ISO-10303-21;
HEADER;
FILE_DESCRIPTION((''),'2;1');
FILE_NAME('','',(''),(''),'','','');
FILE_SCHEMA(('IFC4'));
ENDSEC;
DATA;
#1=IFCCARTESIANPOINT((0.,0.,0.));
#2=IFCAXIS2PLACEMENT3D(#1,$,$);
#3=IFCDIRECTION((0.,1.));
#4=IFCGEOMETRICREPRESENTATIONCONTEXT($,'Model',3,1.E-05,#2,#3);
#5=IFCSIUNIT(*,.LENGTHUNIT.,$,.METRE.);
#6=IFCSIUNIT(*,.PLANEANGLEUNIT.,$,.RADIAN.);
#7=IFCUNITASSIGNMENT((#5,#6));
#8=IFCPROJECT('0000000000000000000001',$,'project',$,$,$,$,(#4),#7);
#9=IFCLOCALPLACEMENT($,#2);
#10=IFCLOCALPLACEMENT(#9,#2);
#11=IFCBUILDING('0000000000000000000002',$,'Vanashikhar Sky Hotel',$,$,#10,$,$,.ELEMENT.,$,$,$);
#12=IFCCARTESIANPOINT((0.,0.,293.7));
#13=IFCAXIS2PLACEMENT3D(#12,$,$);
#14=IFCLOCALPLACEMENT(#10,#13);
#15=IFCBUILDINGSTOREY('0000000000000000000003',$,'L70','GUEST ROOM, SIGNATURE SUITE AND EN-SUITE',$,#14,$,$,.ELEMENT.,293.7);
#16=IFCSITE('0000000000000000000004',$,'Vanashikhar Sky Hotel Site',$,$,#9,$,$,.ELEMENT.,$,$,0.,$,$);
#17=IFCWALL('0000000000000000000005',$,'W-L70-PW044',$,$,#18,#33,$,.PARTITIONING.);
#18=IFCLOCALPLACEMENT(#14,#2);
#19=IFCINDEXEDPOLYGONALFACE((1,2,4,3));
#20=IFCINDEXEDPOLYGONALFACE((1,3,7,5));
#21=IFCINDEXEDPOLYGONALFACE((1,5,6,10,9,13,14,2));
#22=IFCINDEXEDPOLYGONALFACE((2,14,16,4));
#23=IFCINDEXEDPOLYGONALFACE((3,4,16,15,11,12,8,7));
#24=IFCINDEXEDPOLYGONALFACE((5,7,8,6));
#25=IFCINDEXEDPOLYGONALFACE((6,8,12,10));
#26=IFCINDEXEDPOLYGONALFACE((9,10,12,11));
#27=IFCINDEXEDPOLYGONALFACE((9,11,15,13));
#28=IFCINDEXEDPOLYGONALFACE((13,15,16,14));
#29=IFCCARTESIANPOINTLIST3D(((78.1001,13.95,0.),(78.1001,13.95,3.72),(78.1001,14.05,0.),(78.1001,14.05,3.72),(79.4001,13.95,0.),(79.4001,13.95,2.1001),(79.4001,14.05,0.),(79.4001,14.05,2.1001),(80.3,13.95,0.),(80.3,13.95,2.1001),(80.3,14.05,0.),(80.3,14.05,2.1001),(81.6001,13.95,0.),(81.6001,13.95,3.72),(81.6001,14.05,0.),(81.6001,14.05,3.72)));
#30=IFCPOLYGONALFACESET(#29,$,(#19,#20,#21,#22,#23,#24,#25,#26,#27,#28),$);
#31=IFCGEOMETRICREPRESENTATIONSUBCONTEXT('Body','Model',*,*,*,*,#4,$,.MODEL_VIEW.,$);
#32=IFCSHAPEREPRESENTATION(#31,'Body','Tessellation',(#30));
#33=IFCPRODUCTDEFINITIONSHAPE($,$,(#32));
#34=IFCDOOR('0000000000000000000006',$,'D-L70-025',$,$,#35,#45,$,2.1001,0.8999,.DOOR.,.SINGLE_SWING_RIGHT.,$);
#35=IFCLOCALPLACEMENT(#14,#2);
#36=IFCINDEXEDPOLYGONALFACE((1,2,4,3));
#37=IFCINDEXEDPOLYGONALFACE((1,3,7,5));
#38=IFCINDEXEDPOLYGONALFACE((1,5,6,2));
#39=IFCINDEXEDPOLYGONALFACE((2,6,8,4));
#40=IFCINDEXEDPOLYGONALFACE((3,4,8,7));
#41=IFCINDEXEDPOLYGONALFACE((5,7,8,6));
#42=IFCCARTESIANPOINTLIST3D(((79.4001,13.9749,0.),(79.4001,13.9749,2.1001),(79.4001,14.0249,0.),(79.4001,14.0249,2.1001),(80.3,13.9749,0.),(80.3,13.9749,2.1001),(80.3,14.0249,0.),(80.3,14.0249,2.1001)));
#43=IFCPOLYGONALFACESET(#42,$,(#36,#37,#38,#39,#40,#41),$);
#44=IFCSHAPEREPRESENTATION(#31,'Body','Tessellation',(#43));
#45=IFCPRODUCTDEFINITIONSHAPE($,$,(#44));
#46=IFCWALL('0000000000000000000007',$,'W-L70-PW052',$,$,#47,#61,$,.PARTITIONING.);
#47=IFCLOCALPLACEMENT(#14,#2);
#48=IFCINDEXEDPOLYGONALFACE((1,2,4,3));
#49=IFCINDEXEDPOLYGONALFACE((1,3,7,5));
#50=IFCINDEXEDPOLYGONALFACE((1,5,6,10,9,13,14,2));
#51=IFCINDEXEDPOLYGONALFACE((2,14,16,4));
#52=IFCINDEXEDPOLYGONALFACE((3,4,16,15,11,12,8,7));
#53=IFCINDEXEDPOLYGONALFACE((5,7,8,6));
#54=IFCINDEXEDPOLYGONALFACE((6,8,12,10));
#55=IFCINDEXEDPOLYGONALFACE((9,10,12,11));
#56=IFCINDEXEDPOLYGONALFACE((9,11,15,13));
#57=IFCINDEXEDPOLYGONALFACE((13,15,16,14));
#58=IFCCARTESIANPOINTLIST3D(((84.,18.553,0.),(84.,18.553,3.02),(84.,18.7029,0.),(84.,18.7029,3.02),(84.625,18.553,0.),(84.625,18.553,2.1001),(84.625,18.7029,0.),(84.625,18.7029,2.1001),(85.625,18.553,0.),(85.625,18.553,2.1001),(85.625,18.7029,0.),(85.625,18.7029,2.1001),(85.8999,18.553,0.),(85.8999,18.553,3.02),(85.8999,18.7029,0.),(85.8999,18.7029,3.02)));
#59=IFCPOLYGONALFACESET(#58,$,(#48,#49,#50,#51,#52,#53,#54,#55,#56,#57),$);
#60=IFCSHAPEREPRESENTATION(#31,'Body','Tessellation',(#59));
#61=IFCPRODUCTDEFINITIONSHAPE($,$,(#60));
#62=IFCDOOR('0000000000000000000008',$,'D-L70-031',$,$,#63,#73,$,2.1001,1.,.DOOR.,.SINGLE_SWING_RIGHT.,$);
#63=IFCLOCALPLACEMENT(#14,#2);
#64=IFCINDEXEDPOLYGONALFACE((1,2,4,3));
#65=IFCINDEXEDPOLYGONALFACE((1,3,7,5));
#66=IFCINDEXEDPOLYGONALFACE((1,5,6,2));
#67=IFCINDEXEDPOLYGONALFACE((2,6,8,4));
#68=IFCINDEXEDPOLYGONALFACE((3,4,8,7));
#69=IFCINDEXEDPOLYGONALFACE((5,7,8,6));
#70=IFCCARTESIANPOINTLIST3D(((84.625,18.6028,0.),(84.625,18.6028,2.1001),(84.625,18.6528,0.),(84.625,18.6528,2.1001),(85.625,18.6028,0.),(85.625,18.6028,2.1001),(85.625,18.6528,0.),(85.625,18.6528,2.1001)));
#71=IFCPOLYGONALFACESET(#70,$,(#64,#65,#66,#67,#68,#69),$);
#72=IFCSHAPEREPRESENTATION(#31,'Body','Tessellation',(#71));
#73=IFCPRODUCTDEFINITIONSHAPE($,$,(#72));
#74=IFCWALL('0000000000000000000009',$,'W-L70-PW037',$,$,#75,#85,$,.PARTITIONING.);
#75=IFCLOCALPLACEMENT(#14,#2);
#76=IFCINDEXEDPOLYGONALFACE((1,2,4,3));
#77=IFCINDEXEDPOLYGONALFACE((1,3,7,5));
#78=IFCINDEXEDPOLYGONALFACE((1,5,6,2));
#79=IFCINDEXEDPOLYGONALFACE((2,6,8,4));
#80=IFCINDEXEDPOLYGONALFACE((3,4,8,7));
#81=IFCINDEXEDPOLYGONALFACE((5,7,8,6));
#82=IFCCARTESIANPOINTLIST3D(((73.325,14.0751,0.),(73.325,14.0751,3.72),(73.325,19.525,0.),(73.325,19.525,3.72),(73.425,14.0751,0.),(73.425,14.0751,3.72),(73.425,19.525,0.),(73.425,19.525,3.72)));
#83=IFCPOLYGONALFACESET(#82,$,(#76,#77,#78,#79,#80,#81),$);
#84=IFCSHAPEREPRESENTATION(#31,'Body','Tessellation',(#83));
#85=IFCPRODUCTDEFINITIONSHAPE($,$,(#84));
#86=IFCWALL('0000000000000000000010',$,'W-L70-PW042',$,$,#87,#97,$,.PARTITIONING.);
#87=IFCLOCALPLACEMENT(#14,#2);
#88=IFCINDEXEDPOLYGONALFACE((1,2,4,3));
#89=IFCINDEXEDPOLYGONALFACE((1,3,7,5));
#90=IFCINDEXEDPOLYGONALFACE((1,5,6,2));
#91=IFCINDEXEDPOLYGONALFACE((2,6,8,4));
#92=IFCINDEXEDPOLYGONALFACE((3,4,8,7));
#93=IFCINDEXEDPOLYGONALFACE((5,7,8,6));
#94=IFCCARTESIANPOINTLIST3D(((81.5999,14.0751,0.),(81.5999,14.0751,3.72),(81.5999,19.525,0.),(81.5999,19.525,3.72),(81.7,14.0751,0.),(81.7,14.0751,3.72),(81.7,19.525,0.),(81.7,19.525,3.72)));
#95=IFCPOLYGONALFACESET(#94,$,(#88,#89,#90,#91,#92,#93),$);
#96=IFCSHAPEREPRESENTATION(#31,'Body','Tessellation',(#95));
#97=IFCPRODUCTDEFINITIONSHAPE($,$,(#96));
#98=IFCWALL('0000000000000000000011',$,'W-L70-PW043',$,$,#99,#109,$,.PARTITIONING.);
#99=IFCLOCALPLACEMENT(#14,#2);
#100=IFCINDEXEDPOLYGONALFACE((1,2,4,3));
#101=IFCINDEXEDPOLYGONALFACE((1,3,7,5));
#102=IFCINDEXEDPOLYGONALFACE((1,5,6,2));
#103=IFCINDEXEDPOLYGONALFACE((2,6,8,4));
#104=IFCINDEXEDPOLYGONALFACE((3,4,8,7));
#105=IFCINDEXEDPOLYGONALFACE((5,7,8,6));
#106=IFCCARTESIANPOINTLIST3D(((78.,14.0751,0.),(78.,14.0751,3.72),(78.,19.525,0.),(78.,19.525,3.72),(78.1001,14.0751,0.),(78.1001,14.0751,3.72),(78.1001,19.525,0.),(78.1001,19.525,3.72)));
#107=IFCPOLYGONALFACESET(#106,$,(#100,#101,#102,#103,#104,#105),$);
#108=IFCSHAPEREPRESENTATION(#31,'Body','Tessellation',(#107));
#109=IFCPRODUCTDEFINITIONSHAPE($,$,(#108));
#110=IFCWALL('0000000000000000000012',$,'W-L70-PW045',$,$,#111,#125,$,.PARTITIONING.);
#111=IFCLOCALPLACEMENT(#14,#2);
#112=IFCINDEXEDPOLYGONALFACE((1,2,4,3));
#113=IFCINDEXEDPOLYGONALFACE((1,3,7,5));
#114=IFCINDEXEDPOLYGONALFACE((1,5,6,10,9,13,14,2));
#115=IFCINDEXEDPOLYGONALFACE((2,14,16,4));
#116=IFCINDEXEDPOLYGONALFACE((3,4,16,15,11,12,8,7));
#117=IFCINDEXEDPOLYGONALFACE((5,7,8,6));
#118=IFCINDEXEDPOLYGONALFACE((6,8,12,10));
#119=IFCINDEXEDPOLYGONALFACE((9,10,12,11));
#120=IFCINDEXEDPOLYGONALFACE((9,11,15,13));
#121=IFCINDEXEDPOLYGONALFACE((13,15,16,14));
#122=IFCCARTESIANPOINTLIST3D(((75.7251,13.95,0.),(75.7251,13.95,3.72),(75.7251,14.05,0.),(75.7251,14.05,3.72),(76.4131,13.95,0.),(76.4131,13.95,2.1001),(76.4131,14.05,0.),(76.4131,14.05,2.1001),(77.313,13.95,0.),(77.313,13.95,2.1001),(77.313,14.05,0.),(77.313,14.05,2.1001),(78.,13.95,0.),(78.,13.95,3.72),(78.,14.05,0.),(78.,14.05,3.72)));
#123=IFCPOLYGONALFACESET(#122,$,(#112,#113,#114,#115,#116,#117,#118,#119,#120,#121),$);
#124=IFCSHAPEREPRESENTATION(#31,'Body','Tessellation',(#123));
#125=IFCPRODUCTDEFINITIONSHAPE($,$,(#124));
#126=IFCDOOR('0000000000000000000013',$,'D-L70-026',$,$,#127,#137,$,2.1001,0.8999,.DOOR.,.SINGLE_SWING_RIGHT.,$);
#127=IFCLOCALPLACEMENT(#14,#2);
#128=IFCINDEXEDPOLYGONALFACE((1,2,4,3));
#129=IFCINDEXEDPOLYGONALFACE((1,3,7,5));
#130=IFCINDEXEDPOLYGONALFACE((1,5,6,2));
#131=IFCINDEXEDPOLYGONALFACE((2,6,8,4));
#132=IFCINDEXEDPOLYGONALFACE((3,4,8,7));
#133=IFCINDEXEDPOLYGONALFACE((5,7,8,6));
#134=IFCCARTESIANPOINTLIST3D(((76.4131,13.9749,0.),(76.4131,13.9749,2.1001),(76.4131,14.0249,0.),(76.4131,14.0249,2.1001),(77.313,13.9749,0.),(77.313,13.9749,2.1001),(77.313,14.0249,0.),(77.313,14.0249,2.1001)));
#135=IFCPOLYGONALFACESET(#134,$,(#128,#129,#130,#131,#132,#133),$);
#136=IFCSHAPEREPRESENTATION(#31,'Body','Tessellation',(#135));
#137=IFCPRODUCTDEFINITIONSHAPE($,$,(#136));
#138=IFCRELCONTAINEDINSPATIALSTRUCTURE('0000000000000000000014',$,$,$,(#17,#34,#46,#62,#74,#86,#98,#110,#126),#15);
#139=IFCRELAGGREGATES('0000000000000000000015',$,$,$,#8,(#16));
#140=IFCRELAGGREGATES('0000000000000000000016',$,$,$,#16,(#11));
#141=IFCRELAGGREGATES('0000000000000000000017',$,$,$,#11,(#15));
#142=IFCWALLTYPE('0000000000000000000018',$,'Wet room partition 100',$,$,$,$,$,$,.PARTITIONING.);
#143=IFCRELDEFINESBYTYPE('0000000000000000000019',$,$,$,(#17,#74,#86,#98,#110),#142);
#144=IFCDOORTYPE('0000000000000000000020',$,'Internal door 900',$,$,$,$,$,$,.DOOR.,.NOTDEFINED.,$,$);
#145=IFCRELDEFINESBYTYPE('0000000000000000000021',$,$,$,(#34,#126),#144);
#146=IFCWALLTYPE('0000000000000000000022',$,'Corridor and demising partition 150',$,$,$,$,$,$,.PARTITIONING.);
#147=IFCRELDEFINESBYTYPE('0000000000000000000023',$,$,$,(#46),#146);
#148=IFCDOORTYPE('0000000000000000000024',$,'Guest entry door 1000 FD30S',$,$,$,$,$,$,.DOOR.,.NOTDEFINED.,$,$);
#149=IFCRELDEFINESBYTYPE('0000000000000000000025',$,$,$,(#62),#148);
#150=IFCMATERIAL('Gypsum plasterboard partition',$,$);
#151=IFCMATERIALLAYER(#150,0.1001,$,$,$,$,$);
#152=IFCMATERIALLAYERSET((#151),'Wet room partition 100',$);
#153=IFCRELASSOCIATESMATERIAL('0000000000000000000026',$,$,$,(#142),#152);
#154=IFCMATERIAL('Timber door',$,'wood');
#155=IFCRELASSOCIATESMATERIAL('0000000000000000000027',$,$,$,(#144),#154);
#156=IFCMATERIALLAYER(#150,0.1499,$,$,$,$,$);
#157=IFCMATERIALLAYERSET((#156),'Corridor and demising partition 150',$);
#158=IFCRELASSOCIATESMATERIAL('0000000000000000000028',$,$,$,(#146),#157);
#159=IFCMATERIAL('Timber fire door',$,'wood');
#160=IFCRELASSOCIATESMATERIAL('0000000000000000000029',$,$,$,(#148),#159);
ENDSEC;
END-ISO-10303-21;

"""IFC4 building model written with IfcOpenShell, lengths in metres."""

from ifc_helpers import new_model, si_unit, direction, frame, frame_2d, origin, place, context, subcontext, project, spatial, rectangle, extrude, source, transform, mapped, material, layer, layer_set, type_object, element, fill, save


model = new_model("IFC4")

# Units and contexts
model_context = context("Model", 3, precision=1e-05, world=origin(), true_north=direction((0.0, 1.0)))
body_context = subcontext(model_context, "Body", "Model", "MODEL_VIEW")
ifc_project = project(units=[si_unit("LENGTHUNIT", "METRE"), si_unit("PLANEANGLEUNIT", "RADIAN")], contexts=[model_context])

# Site, building, storey
site_placement = place(None, origin())
site = spatial("IfcSite", under=ifc_project, at=site_placement, Name="Vanashikhar Sky Hotel Site", CompositionType="ELEMENT", RefElevation=0.0)
building_placement = place(site_placement, origin())
building = spatial("IfcBuilding", under=site, at=building_placement, Name="Vanashikhar Sky Hotel", CompositionType="ELEMENT")
storey_placement = place(building_placement, frame((0.0, 0.0, 293.7)))
storey = spatial("IfcBuildingStorey", under=building, at=storey_placement, Name="L70", Description="GUEST ROOM, SIGNATURE SUITE AND EN-SUITE", CompositionType="ELEMENT", Elevation=293.7)

# Walls, openings, doors
ifc_material_1 = material(Name="Gypsum plasterboard partition")
ifc_layer_1 = layer(ifc_material_1, 0.1001)
ifc_layer_set_1 = layer_set([ifc_layer_1], Name="Wet room partition 100")
wall_type_1 = type_object("IfcWallType", Name="Wet room partition 100", PredefinedType="PARTITIONING", material=ifc_layer_set_1)
shared_shape_1 = source(origin(), body_context, "Body", "SweptSolid", [
    extrude(rectangle(XDim=3.5, YDim=0.1001, at=frame_2d((1.75, 0.0))), origin(), (0.0, 0.0, 1.0), 3.72),
])
wall_1_placement = place(storey_placement, frame((78.1001, 14.0, 0.0), z_axis=(0.0, 0.0, 1.0), x_axis=(1.0, 0.0, 0.0)))
wall_1 = element("IfcWall", 1, at=wall_1_placement, inside=storey, type_object=wall_type_1, Name="W-L70-PW044", PredefinedType="PARTITIONING", context=body_context, shape_type="MappedRepresentation", body=[
    mapped(shared_shape_1, transform((0.0, 0.0, 0.0), scale=1.0)),
])
shared_shape_2 = source(origin(), body_context, "Body", "SweptSolid", [
    extrude(rectangle(XDim=0.8999, YDim=2.1001, at=frame_2d((0.45, 1.05))), frame((0.0, 0.0601, 0.0), z_axis=(0.0, -1.0, 0.0), x_axis=(1.0, 0.0, 0.0)), (0.0, 0.0, 1.0), 0.1201),
])
opening_1_placement = place(wall_1_placement, frame((1.3, 0.0, 0.0)))
opening_1 = element("IfcOpeningElement", 2, at=opening_1_placement, cuts=wall_1, PredefinedType="OPENING", context=body_context, shape_type="MappedRepresentation", body=[
    mapped(shared_shape_2, transform((0.0, 0.0, 0.0), scale=1.0)),
])
ifc_material_2 = material(Name="Timber door", Category="wood")
door_type_1 = type_object("IfcDoorType", Name="Internal door 900", OperationType="NOTDEFINED", PredefinedType="DOOR", material=ifc_material_2)
shared_shape_3 = source(origin(), body_context, "Body", "SweptSolid", [
    extrude(rectangle(XDim=0.8999, YDim=2.1001, at=frame_2d((0.45, 1.05))), frame((0.0, 0.0249, 0.0), z_axis=(0.0, -1.0, 0.0), x_axis=(1.0, 0.0, 0.0)), (0.0, 0.0, 1.0), 0.05),
])
door_1_placement = place(opening_1_placement, origin())
door_1 = element("IfcDoor", 3, at=door_1_placement, inside=storey, type_object=door_type_1, Name="D-L70-025", OperationType="SINGLE_SWING_RIGHT", OverallHeight=2.1001, OverallWidth=0.8999, PredefinedType="DOOR", context=body_context, shape_type="MappedRepresentation", body=[
    mapped(shared_shape_3, transform((0.0, 0.0, 0.0), scale=1.0)),
])
fill(opening_1, door_1)
ifc_layer_2 = layer(ifc_material_1, 0.1499)
ifc_layer_set_2 = layer_set([ifc_layer_2], Name="Corridor and demising partition 150")
wall_type_2 = type_object("IfcWallType", Name="Corridor and demising partition 150", PredefinedType="PARTITIONING", material=ifc_layer_set_2)
shared_shape_4 = source(origin(), body_context, "Body", "SweptSolid", [
    extrude(rectangle(XDim=1.8999, YDim=0.1499, at=frame_2d((0.95, 0.0))), origin(), (0.0, 0.0, 1.0), 3.02),
])
wall_2_placement = place(storey_placement, frame((84.0, 18.6279, 0.0), z_axis=(0.0, 0.0, 1.0), x_axis=(1.0, 0.0, 0.0)))
wall_2 = element("IfcWall", 4, at=wall_2_placement, inside=storey, type_object=wall_type_2, Name="W-L70-PW052", PredefinedType="PARTITIONING", context=body_context, shape_type="MappedRepresentation", body=[
    mapped(shared_shape_4, transform((0.0, 0.0, 0.0), scale=1.0)),
])
shared_shape_5 = source(origin(), body_context, "Body", "SweptSolid", [
    extrude(rectangle(XDim=1.0, YDim=2.1001, at=frame_2d((0.5, 1.05))), frame((0.0, 0.085, 0.0), z_axis=(0.0, -1.0, 0.0), x_axis=(1.0, 0.0, 0.0)), (0.0, 0.0, 1.0), 0.1699),
])
opening_2_placement = place(wall_2_placement, frame((0.625, 0.0, 0.0)))
opening_2 = element("IfcOpeningElement", 5, at=opening_2_placement, cuts=wall_2, PredefinedType="OPENING", context=body_context, shape_type="MappedRepresentation", body=[
    mapped(shared_shape_5, transform((0.0, 0.0, 0.0), scale=1.0)),
])
ifc_material_3 = material(Name="Timber fire door", Category="wood")
door_type_2 = type_object("IfcDoorType", Name="Guest entry door 1000 FD30S", OperationType="NOTDEFINED", PredefinedType="DOOR", material=ifc_material_3)
shared_shape_6 = source(origin(), body_context, "Body", "SweptSolid", [
    extrude(rectangle(XDim=1.0, YDim=2.1001, at=frame_2d((0.5, 1.05))), frame((0.0, 0.0249, 0.0), z_axis=(0.0, -1.0, 0.0), x_axis=(1.0, 0.0, 0.0)), (0.0, 0.0, 1.0), 0.05),
])
door_2_placement = place(opening_2_placement, origin())
door_2 = element("IfcDoor", 6, at=door_2_placement, inside=storey, type_object=door_type_2, Name="D-L70-031", OperationType="SINGLE_SWING_RIGHT", OverallHeight=2.1001, OverallWidth=1.0, PredefinedType="DOOR", context=body_context, shape_type="MappedRepresentation", body=[
    mapped(shared_shape_6, transform((0.0, 0.0, 0.0), scale=1.0)),
])
fill(opening_2, door_2)

# Walls
shared_shape_7 = source(origin(), body_context, "Body", "SweptSolid", [
    extrude(rectangle(XDim=5.45, YDim=0.1001, at=frame_2d((2.7251, 0.0))), origin(), (0.0, 0.0, 1.0), 3.72),
])
for number, where, z_axis, x_axis, name in (
    (7, (73.375, 14.075, 0.0), (0.0, 0.0, 1.0), (0.0, 1.0, 0.0), "W-L70-PW037"),
    (8, (81.6499, 14.075, 0.0), (0.0, 0.0, 1.0), (0.0, 1.0, 0.0), "W-L70-PW042"),
    (9, (78.05, 14.075, 0.0), (0.0, 0.0, 1.0), (0.0, 1.0, 0.0), "W-L70-PW043"),
):
    element("IfcWall", number, at=place(storey_placement, frame(where, z_axis=z_axis, x_axis=x_axis)), inside=storey, type_object=wall_type_1, Name=name, PredefinedType="PARTITIONING", context=body_context, shape_type="MappedRepresentation", body=[
        mapped(shared_shape_7, transform((0.0, 0.0, 0.0), scale=1.0)),
    ])

# Wall, opening, door
shared_shape_8 = source(origin(), body_context, "Body", "SweptSolid", [
    extrude(rectangle(XDim=2.2749, YDim=0.1001, at=frame_2d((1.1375, 0.0))), origin(), (0.0, 0.0, 1.0), 3.72),
])
wall_3_placement = place(storey_placement, frame((75.7251, 14.0, 0.0), z_axis=(0.0, 0.0, 1.0), x_axis=(1.0, 0.0, 0.0)))
wall_3 = element("IfcWall", 10, at=wall_3_placement, inside=storey, type_object=wall_type_1, Name="W-L70-PW045", PredefinedType="PARTITIONING", context=body_context, shape_type="MappedRepresentation", body=[
    mapped(shared_shape_8, transform((0.0, 0.0, 0.0), scale=1.0)),
])
opening_3_placement = place(wall_3_placement, frame((0.688, 0.0, 0.0)))
opening_3 = element("IfcOpeningElement", 11, at=opening_3_placement, cuts=wall_3, PredefinedType="OPENING", context=body_context, shape_type="MappedRepresentation", body=[
    mapped(shared_shape_2, transform((0.0, 0.0, 0.0), scale=1.0)),
])
door_3_placement = place(opening_3_placement, origin())
door_3 = element("IfcDoor", 12, at=door_3_placement, inside=storey, type_object=door_type_1, Name="D-L70-026", OperationType="SINGLE_SWING_RIGHT", OverallHeight=2.1001, OverallWidth=0.8999, PredefinedType="DOOR", context=body_context, shape_type="MappedRepresentation", body=[
    mapped(shared_shape_3, transform((0.0, 0.0, 0.0), scale=1.0)),
])
fill(opening_3, door_3)

save(model, "model.ifc")
